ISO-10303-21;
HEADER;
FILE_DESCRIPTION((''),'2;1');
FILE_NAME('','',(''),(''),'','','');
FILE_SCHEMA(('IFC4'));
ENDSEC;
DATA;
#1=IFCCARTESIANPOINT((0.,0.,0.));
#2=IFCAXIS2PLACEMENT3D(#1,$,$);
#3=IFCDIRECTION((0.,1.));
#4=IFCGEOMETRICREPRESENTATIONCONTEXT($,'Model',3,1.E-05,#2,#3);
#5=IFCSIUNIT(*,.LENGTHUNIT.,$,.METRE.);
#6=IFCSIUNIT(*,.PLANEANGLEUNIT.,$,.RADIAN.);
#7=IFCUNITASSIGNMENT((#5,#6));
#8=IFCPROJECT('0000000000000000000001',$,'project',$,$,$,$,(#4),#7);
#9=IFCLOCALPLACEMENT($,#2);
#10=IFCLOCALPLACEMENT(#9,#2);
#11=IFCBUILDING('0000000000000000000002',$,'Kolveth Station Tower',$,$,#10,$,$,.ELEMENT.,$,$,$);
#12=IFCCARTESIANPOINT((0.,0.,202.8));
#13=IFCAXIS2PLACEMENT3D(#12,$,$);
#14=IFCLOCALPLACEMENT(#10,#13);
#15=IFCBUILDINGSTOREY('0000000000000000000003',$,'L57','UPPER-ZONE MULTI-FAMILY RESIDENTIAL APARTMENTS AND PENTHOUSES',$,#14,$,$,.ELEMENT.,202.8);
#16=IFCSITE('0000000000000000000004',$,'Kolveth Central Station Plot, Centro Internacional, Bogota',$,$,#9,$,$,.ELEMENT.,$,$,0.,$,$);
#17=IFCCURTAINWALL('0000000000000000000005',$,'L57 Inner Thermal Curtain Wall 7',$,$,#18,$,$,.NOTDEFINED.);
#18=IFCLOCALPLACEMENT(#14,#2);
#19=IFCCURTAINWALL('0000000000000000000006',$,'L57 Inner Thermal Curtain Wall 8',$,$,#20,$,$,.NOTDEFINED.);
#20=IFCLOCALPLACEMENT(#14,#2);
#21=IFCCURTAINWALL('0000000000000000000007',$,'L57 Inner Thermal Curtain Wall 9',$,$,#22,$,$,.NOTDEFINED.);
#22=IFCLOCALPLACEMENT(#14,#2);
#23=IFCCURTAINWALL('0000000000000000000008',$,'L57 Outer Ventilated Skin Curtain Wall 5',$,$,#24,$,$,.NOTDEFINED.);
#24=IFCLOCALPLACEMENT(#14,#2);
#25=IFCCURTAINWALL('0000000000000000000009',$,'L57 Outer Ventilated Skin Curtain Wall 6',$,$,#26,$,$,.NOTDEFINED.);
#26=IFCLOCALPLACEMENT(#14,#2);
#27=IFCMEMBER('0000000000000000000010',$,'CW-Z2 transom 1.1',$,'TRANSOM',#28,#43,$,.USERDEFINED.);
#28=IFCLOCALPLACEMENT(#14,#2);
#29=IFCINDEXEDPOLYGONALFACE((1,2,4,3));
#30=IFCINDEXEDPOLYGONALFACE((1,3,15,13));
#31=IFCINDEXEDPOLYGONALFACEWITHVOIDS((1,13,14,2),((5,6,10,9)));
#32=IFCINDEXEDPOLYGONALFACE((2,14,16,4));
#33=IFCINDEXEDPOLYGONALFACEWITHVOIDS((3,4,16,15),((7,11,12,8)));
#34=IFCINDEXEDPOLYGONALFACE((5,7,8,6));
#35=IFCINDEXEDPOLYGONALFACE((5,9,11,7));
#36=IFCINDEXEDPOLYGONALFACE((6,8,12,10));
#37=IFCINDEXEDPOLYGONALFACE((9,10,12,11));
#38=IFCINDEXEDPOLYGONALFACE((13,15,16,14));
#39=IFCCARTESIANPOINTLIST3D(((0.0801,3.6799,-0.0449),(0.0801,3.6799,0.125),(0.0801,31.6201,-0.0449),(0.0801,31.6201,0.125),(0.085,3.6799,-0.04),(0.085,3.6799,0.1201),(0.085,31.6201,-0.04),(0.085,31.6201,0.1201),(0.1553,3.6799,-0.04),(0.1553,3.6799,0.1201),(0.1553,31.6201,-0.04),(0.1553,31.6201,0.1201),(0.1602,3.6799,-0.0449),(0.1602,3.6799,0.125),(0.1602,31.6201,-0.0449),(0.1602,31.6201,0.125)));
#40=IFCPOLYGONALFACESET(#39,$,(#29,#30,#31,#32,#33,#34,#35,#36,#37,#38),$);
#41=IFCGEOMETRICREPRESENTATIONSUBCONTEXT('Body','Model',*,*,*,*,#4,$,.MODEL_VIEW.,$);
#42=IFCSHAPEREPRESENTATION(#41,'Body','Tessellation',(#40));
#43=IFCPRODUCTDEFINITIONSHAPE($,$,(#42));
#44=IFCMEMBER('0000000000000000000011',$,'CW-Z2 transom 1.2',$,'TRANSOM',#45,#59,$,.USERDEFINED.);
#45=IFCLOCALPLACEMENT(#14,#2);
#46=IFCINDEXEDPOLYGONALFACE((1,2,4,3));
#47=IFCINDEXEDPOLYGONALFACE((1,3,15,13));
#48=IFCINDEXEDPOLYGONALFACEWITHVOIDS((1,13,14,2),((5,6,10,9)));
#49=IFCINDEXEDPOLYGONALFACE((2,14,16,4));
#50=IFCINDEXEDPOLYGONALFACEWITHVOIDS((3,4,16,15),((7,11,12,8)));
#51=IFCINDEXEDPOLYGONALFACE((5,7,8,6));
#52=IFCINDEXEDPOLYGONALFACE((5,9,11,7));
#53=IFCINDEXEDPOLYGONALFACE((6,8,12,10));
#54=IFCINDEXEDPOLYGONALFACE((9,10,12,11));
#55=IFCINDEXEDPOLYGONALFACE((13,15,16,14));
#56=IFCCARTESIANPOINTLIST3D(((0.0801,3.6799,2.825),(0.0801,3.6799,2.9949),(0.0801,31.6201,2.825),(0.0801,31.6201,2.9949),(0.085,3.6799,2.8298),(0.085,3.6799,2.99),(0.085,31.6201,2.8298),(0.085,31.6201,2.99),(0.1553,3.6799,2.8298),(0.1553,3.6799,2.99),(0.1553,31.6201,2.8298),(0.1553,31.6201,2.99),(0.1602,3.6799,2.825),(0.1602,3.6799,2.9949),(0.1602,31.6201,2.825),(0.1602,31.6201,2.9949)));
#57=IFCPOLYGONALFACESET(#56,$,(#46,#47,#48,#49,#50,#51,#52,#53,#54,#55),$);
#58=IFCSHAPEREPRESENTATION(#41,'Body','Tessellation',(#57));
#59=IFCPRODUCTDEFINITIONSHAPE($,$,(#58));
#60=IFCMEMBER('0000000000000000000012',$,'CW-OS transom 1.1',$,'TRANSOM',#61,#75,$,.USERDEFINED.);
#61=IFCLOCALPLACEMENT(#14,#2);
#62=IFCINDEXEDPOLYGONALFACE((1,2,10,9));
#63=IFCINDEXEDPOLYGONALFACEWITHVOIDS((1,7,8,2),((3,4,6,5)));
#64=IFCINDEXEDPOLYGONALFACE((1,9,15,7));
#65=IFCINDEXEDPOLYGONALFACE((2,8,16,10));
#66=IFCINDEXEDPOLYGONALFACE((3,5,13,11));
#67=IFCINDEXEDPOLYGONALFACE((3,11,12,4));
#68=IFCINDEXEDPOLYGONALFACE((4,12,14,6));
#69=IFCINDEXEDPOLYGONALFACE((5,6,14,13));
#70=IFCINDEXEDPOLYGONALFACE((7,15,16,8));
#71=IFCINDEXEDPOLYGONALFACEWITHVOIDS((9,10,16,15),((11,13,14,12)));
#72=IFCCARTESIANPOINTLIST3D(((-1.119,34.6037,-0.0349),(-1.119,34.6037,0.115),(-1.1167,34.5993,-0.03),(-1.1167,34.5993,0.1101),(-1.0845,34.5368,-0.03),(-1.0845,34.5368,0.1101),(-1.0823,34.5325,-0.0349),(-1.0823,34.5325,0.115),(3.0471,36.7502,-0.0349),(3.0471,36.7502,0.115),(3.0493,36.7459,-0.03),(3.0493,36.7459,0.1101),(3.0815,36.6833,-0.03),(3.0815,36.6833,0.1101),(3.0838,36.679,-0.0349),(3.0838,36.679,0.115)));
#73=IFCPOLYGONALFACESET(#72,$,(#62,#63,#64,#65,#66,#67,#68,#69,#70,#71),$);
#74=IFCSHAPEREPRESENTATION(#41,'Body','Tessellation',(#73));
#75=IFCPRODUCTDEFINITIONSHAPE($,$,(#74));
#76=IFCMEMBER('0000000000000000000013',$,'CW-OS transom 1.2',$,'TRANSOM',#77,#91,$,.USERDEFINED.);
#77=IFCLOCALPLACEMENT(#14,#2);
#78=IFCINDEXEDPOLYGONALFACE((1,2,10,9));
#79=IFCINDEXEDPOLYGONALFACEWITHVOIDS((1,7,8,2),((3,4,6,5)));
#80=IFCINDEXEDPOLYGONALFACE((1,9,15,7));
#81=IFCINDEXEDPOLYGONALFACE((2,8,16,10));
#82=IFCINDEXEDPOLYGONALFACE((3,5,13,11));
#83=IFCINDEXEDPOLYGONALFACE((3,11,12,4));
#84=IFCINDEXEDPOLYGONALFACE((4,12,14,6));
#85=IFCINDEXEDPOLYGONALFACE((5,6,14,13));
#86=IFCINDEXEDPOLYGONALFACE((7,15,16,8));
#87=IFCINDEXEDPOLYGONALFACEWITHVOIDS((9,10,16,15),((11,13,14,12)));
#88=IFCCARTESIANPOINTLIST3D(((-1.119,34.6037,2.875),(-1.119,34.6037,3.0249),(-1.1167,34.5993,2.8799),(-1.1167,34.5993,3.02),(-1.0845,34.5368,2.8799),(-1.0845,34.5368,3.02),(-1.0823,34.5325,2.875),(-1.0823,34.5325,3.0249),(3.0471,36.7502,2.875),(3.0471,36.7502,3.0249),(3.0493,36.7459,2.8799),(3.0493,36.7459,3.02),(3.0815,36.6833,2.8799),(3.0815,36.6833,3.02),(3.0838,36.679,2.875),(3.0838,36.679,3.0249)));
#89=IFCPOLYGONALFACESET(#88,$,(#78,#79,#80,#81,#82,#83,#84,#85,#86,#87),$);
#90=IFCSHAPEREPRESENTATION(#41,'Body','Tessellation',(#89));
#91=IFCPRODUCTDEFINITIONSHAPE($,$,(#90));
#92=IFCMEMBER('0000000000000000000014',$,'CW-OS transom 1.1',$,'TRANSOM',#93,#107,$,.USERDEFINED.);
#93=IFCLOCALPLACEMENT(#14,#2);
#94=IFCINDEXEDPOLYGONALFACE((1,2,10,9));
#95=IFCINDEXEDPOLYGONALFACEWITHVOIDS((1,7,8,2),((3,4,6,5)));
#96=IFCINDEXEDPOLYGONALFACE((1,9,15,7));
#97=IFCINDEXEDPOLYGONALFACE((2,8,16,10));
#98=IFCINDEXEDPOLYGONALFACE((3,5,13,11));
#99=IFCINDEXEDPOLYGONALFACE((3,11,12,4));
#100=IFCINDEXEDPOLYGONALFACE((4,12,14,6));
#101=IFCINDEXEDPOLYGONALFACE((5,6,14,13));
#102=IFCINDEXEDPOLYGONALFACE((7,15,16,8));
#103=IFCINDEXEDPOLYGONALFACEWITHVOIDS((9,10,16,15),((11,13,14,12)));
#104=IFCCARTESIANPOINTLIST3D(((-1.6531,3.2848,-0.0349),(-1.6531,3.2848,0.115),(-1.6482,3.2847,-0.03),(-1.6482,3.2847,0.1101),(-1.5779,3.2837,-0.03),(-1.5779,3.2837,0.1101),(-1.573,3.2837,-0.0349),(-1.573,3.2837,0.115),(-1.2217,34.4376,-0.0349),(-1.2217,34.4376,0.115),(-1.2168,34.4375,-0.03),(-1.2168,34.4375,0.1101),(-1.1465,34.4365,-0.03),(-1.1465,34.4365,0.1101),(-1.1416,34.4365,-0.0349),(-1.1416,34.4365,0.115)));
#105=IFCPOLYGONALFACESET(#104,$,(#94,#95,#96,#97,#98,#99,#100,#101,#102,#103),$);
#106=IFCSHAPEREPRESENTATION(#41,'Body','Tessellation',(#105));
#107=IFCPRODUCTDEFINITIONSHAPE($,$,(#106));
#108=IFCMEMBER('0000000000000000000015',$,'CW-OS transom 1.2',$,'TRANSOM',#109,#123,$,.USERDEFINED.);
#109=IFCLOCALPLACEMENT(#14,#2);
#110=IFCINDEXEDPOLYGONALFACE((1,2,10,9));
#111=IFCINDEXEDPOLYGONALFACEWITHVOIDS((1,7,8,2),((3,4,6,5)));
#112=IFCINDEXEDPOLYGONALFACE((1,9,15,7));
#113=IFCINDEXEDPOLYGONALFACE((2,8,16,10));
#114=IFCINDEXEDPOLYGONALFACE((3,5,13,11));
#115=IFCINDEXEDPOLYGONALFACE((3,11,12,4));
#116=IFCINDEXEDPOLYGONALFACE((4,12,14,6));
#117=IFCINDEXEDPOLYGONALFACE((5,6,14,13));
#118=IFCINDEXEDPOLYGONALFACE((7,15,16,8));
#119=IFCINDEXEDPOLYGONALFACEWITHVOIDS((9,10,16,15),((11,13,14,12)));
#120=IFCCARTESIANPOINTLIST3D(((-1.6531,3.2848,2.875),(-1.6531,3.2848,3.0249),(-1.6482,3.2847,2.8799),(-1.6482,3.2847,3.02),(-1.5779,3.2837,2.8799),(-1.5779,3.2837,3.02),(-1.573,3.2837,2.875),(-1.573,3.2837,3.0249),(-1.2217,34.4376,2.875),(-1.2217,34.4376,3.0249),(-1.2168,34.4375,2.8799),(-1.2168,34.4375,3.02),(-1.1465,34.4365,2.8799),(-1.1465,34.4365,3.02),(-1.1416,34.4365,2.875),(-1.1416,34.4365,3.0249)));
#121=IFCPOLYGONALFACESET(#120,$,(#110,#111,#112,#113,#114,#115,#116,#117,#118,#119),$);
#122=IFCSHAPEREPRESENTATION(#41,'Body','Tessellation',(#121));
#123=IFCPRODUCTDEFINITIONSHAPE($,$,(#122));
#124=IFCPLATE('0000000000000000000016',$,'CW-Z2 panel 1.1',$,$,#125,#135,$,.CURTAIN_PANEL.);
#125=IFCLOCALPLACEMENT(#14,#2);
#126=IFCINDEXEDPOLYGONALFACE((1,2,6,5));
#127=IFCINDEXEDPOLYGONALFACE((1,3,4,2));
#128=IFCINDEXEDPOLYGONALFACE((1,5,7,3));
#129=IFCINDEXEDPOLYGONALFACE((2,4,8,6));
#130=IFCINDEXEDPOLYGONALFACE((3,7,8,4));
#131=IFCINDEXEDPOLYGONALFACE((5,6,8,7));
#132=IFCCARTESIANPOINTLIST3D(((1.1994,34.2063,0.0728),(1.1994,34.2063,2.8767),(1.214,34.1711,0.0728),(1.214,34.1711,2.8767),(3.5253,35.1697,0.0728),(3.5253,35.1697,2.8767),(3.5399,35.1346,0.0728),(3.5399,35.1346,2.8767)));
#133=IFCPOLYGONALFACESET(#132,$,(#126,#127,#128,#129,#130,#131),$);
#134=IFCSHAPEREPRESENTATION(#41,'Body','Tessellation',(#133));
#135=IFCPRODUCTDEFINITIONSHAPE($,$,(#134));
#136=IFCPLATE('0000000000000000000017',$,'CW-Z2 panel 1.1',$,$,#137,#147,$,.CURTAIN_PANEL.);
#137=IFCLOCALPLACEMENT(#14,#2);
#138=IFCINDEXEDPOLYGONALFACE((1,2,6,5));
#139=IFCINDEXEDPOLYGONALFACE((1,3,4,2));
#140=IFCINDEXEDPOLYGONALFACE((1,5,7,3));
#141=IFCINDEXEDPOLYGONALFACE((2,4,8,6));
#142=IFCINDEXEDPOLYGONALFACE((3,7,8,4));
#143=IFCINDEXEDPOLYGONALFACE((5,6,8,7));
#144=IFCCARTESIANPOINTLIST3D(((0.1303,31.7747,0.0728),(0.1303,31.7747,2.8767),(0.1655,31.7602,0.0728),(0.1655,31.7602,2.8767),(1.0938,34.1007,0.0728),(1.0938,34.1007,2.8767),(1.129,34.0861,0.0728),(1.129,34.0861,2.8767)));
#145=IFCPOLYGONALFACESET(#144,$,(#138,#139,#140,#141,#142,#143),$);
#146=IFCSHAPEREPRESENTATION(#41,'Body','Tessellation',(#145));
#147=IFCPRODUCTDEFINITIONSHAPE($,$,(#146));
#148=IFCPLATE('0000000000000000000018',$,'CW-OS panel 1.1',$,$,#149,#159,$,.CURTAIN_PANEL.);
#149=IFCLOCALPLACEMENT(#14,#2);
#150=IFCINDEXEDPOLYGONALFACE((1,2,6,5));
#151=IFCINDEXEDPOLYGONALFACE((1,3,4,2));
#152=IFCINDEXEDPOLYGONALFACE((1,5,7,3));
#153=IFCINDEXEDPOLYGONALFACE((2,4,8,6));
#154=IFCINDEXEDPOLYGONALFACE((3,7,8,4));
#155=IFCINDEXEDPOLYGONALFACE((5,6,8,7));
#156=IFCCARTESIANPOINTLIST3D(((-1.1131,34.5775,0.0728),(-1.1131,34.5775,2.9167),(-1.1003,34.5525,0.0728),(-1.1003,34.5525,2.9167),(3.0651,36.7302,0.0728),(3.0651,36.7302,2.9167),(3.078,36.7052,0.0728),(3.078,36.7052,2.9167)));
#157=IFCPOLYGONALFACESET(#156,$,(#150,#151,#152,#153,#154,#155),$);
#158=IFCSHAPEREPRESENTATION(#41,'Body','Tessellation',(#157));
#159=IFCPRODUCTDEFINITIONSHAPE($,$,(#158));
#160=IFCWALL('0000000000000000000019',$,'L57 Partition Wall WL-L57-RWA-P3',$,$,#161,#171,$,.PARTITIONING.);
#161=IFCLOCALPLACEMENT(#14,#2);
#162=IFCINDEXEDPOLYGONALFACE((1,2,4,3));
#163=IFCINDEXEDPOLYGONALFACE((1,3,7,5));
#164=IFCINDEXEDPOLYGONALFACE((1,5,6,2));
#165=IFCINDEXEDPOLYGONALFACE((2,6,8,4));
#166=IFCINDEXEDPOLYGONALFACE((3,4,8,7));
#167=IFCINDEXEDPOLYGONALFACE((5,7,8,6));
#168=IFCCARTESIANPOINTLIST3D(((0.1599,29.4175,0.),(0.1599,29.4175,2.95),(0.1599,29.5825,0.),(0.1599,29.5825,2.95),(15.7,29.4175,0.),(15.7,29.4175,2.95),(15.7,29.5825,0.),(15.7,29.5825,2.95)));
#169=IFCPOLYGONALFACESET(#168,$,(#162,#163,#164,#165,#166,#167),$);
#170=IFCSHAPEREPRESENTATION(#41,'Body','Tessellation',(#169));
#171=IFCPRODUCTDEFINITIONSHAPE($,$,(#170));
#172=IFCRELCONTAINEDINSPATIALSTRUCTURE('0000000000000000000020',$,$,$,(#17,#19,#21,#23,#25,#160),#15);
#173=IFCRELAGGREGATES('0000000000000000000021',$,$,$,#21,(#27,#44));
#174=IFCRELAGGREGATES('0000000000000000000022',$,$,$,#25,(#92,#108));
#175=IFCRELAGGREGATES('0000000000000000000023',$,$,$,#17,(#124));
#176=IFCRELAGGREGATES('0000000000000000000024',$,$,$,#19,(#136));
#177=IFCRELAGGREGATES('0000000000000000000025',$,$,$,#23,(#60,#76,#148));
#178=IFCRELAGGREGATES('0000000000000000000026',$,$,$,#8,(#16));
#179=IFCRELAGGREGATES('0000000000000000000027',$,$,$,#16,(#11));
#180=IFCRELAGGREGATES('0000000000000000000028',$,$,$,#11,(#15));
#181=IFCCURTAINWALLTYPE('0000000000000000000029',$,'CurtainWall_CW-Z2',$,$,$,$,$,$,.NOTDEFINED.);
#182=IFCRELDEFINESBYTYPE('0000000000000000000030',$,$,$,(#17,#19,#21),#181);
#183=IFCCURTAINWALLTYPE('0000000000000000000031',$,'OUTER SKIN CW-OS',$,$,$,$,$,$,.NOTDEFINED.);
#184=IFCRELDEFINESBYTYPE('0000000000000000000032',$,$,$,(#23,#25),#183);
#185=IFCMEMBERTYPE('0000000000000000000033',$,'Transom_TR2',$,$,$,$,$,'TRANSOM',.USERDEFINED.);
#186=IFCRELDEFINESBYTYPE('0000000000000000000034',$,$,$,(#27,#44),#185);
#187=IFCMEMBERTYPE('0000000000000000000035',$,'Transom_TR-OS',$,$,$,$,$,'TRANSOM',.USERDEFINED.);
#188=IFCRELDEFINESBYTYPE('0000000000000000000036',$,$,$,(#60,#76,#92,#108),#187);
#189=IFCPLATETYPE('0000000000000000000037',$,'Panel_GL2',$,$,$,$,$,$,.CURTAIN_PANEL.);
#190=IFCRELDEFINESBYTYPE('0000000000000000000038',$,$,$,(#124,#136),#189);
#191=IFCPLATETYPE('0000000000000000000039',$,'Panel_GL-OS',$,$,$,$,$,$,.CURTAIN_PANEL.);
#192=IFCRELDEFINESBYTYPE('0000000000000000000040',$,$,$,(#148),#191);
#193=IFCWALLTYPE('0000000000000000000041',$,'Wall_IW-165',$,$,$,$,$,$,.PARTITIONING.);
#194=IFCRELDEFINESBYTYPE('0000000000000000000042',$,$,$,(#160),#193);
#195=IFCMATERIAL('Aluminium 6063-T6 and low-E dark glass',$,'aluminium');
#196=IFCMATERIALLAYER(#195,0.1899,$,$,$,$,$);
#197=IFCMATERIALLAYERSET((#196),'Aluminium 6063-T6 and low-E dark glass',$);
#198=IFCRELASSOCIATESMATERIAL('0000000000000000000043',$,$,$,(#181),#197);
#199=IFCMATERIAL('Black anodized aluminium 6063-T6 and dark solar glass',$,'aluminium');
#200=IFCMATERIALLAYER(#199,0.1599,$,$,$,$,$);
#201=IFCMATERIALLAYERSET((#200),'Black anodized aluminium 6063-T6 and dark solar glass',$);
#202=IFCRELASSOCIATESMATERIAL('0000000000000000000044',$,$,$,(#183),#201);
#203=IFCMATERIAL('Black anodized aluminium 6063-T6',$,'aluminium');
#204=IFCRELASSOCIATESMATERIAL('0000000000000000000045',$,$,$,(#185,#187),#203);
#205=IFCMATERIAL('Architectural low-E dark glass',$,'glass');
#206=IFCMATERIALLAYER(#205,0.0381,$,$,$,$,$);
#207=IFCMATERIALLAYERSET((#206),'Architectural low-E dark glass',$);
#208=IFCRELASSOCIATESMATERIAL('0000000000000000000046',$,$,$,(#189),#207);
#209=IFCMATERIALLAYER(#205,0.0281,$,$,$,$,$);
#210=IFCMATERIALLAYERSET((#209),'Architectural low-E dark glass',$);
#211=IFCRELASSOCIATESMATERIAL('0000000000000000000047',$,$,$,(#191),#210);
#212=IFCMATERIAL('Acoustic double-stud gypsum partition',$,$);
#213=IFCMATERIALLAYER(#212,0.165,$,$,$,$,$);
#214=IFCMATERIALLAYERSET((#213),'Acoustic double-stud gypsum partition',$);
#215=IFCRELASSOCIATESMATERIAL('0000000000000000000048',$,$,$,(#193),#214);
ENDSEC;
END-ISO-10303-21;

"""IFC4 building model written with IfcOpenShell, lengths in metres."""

from ifc_helpers import new_model, si_unit, direction, frame, frame_2d, origin, origin_2d, place, context, subcontext, project, spatial, rectangle, hollow_rectangle, extrude, source, transform, mapped, material, layer, layer_set, material_profile, profile_set, type_object, element, aggregate, save


model = new_model("IFC4")

# Units and contexts
model_context = context("Model", 3, precision=1e-05, world=origin(), true_north=direction((0.0, 1.0)))
body_context = subcontext(model_context, "Body", "Model", "MODEL_VIEW")
ifc_project = project(units=[si_unit("LENGTHUNIT", "METRE"), si_unit("PLANEANGLEUNIT", "RADIAN")], contexts=[model_context])

# Site, building, storey
site_placement = place(None, origin())
site = spatial("IfcSite", under=ifc_project, at=site_placement, Name="Kolveth Central Station Plot, Centro Internacional, Bogota", CompositionType="ELEMENT", RefElevation=0.0)
building_placement = place(site_placement, origin())
building = spatial("IfcBuilding", under=site, at=building_placement, Name="Kolveth Station Tower", CompositionType="ELEMENT")
storey_placement = place(building_placement, frame((0.0, 0.0, 202.8)))
storey = spatial("IfcBuildingStorey", under=building, at=storey_placement, Name="L57", Description="UPPER-ZONE MULTI-FAMILY RESIDENTIAL APARTMENTS AND PENTHOUSES", CompositionType="ELEMENT", Elevation=202.8)

# Curtain wall
ifc_material_1 = material(Name="Aluminium 6063-T6 and low-E dark glass", Category="aluminium")
ifc_layer_1 = layer(ifc_material_1, 0.1899)
ifc_layer_set_1 = layer_set([ifc_layer_1], Name="Aluminium 6063-T6 and low-E dark glass")
curtain_wall_type_1 = type_object("IfcCurtainWallType", Name="CurtainWall_CW-Z2", PredefinedType="NOTDEFINED", material=ifc_layer_set_1)
curtain_wall_1_placement = place(storey_placement, origin())
curtain_wall_1 = element("IfcCurtainWall", 1, at=curtain_wall_1_placement, inside=storey, type_object=curtain_wall_type_1, Name="L57 Inner Thermal Curtain Wall 7", PredefinedType="NOTDEFINED")
ifc_material_2 = material(Name="Black anodized aluminium 6063-T6", Category="aluminium")

# Curtain wall
curtain_wall_2_placement = place(storey_placement, origin())
curtain_wall_2 = element("IfcCurtainWall", 2, at=curtain_wall_2_placement, inside=storey, type_object=curtain_wall_type_1, Name="L57 Inner Thermal Curtain Wall 8", PredefinedType="NOTDEFINED")

# Curtain wall
curtain_wall_3_placement = place(storey_placement, origin())
curtain_wall_3 = element("IfcCurtainWall", 3, at=curtain_wall_3_placement, inside=storey, type_object=curtain_wall_type_1, Name="L57 Inner Thermal Curtain Wall 9", PredefinedType="NOTDEFINED")
ifc_material_3 = material(Name="Black anodized aluminium 6063-T6 and dark solar glass", Category="aluminium")
ifc_layer_2 = layer(ifc_material_3, 0.1599)
ifc_layer_set_2 = layer_set([ifc_layer_2], Name="Black anodized aluminium 6063-T6 and dark solar glass")
curtain_wall_type_2 = type_object("IfcCurtainWallType", Name="OUTER SKIN CW-OS", PredefinedType="NOTDEFINED", material=ifc_layer_set_2)

# Curtain wall
curtain_wall_4_placement = place(storey_placement, origin())
curtain_wall_4 = element("IfcCurtainWall", 4, at=curtain_wall_4_placement, inside=storey, type_object=curtain_wall_type_2, Name="L57 Outer Ventilated Skin Curtain Wall 5", PredefinedType="NOTDEFINED")

# Curtain wall
curtain_wall_5_placement = place(storey_placement, origin())
curtain_wall_5 = element("IfcCurtainWall", 5, at=curtain_wall_5_placement, inside=storey, type_object=curtain_wall_type_2, Name="L57 Outer Ventilated Skin Curtain Wall 6", PredefinedType="NOTDEFINED")

# Members
ifc_material_profile_1 = material_profile(ifc_material_2, hollow_rectangle(XDim=0.0801, YDim=0.1699, WallThickness=0.0049, at=origin_2d()), Name="ALU-80x170x5")
ifc_profile_set_1 = profile_set([ifc_material_profile_1], Name="Black anodized aluminium 6063-T6")
member_type_1 = type_object("IfcMemberType", Name="Transom_TR2", ElementType="TRANSOM", PredefinedType="USERDEFINED", material=ifc_profile_set_1)
shared_shape_1 = source(origin(), body_context, "Body", "SweptSolid", [
    extrude(hollow_rectangle(XDim=0.0801, YDim=0.1699, WallThickness=0.0049, at=origin_2d()), origin(), (0.0, 0.0, 1.0), 27.9402),
])
member_1_placement = place(storey_placement, frame((0.1201, 31.6201, 0.04), z_axis=(0.0, -1.0, 0.0), x_axis=(1.0, 0.0, 0.0)))
member_1 = element("IfcMember", 6, at=member_1_placement, type_object=member_type_1, Name="CW-Z2 transom 1.1", ObjectType="TRANSOM", PredefinedType="USERDEFINED", context=body_context, shape_type="MappedRepresentation", body=[
    mapped(shared_shape_1, transform((0.0, 0.0, 0.0), x_axis=(1.0, 0.0, 0.0), y_axis=(0.0, 1.0, 0.0), z_axis=(0.0, 0.0, 1.0), scale=1.0)),
])
member_2_placement = place(storey_placement, frame((0.1201, 31.6201, 2.9099), z_axis=(0.0, -1.0, 0.0), x_axis=(1.0, 0.0, 0.0)))
member_2 = element("IfcMember", 7, at=member_2_placement, type_object=member_type_1, Name="CW-Z2 transom 1.2", ObjectType="TRANSOM", PredefinedType="USERDEFINED", context=body_context, shape_type="MappedRepresentation", body=[
    mapped(shared_shape_1, transform((0.0, 0.0, 0.0), x_axis=(1.0, 0.0, 0.0), y_axis=(0.0, 1.0, 0.0), z_axis=(0.0, 0.0, 1.0), scale=1.0)),
])
aggregate(curtain_wall_3, [member_1, member_2])
ifc_material_profile_2 = material_profile(ifc_material_2, hollow_rectangle(XDim=0.0801, YDim=0.1499, WallThickness=0.0049, at=origin_2d()), Name="ALU-80x150x5")
ifc_profile_set_2 = profile_set([ifc_material_profile_2], Name="Black anodized aluminium 6063-T6")
member_type_2 = type_object("IfcMemberType", Name="Transom_TR-OS", ElementType="TRANSOM", PredefinedType="USERDEFINED", material=ifc_profile_set_2)
shared_shape_2 = source(origin(), body_context, "Body", "SweptSolid", [
    extrude(hollow_rectangle(XDim=0.0801, YDim=0.1499, WallThickness=0.0049, at=origin_2d()), origin(), (0.0, 0.0, 1.0), 4.6865),
])
member_3_placement = place(storey_placement, frame((3.0654, 36.7146, 0.04), z_axis=(-0.888944, -0.458016, 0.0), x_axis=(0.458016, -0.888944, 0.0)))
member_3 = element("IfcMember", 8, at=member_3_placement, type_object=member_type_2, Name="CW-OS transom 1.1", ObjectType="TRANSOM", PredefinedType="USERDEFINED", context=body_context, shape_type="MappedRepresentation", body=[
    mapped(shared_shape_2, transform((0.0, 0.0, 0.0), x_axis=(1.0, 0.0, 0.0), y_axis=(0.0, 1.0, 0.0), z_axis=(0.0, 0.0, 1.0), scale=1.0)),
])
member_4_placement = place(storey_placement, frame((3.0654, 36.7146, 2.95), z_axis=(-0.888944, -0.458016, 0.0), x_axis=(0.458016, -0.888944, 0.0)))
member_4 = element("IfcMember", 9, at=member_4_placement, type_object=member_type_2, Name="CW-OS transom 1.2", ObjectType="TRANSOM", PredefinedType="USERDEFINED", context=body_context, shape_type="MappedRepresentation", body=[
    mapped(shared_shape_2, transform((0.0, 0.0, 0.0), x_axis=(1.0, 0.0, 0.0), y_axis=(0.0, 1.0, 0.0), z_axis=(0.0, 0.0, 1.0), scale=1.0)),
])
shared_shape_3 = source(origin(), body_context, "Body", "SweptSolid", [
    extrude(hollow_rectangle(XDim=0.0801, YDim=0.1499, WallThickness=0.0049, at=origin_2d()), origin(), (0.0, 0.0, 1.0), 31.1558),
])
member_5_placement = place(storey_placement, frame((-1.1816, 34.437, 0.04), z_axis=(-0.013846, -0.999904, 0.0), x_axis=(0.999904, -0.013846, 0.0)))
member_5 = element("IfcMember", 10, at=member_5_placement, type_object=member_type_2, Name="CW-OS transom 1.1", ObjectType="TRANSOM", PredefinedType="USERDEFINED", context=body_context, shape_type="MappedRepresentation", body=[
    mapped(shared_shape_3, transform((0.0, 0.0, 0.0), x_axis=(1.0, 0.0, 0.0), y_axis=(0.0, 1.0, 0.0), z_axis=(0.0, 0.0, 1.0), scale=1.0)),
])
member_6_placement = place(storey_placement, frame((-1.1816, 34.437, 2.95), z_axis=(-0.013846, -0.999904, 0.0), x_axis=(0.999904, -0.013846, 0.0)))
member_6 = element("IfcMember", 11, at=member_6_placement, type_object=member_type_2, Name="CW-OS transom 1.2", ObjectType="TRANSOM", PredefinedType="USERDEFINED", context=body_context, shape_type="MappedRepresentation", body=[
    mapped(shared_shape_3, transform((0.0, 0.0, 0.0), x_axis=(1.0, 0.0, 0.0), y_axis=(0.0, 1.0, 0.0), z_axis=(0.0, 0.0, 1.0), scale=1.0)),
])
aggregate(curtain_wall_5, [member_5, member_6])

# Plates
ifc_material_4 = material(Name="Architectural low-E dark glass", Category="glass")
ifc_layer_3 = layer(ifc_material_4, 0.0381)
ifc_layer_set_3 = layer_set([ifc_layer_3], Name="Architectural low-E dark glass")
plate_type_1 = type_object("IfcPlateType", Name="Panel_GL2", PredefinedType="CURTAIN_PANEL", material=ifc_layer_set_3)
shared_shape_4 = source(origin(), body_context, "Body", "SweptSolid", [
    extrude(rectangle(XDim=2.5176, YDim=0.0381, at=origin_2d()), origin(), (0.0, 0.0, 1.0), 2.804),
])
plate_1_placement = place(storey_placement, frame((2.3696, 34.6704, 0.0728), z_axis=(0.0, 0.0, 1.0), x_axis=(-0.923874, -0.382698, 0.0)))
plate_1 = element("IfcPlate", 12, at=plate_1_placement, type_object=plate_type_1, Name="CW-Z2 panel 1.1", PredefinedType="CURTAIN_PANEL", context=body_context, shape_type="MappedRepresentation", body=[
    mapped(shared_shape_4, transform((0.0, 0.0, 0.0), x_axis=(1.0, 0.0, 0.0), y_axis=(0.0, 1.0, 0.0), z_axis=(0.0, 0.0, 1.0), scale=1.0)),
])
aggregate(curtain_wall_1, [plate_1])
plate_2_placement = place(storey_placement, frame((0.6296, 32.9304, 0.0728), z_axis=(0.0, 0.0, 1.0), x_axis=(-0.382698, -0.923874, 0.0)))
plate_2 = element("IfcPlate", 13, at=plate_2_placement, type_object=plate_type_1, Name="CW-Z2 panel 1.1", PredefinedType="CURTAIN_PANEL", context=body_context, shape_type="MappedRepresentation", body=[
    mapped(shared_shape_4, transform((0.0, 0.0, 0.0), x_axis=(1.0, 0.0, 0.0), y_axis=(0.0, 1.0, 0.0), z_axis=(0.0, 0.0, 1.0), scale=1.0)),
])
aggregate(curtain_wall_2, [plate_2])
ifc_layer_4 = layer(ifc_material_4, 0.0281)
ifc_layer_set_4 = layer_set([ifc_layer_4], Name="Architectural low-E dark glass")
plate_type_2 = type_object("IfcPlateType", Name="Panel_GL-OS", PredefinedType="CURTAIN_PANEL", material=ifc_layer_set_4)
shared_shape_5 = source(origin(), body_context, "Body", "SweptSolid", [
    extrude(rectangle(XDim=4.7002, YDim=0.0281, at=origin_2d()), origin(), (0.0, 0.0, 1.0), 2.844),
])
plate_3_placement = place(storey_placement, frame((0.9824, 35.6414, 0.0728), z_axis=(0.0, 0.0, 1.0), x_axis=(-0.888949, -0.458006, 0.0)))
plate_3 = element("IfcPlate", 14, at=plate_3_placement, type_object=plate_type_2, Name="CW-OS panel 1.1", PredefinedType="CURTAIN_PANEL", context=body_context, shape_type="MappedRepresentation", body=[
    mapped(shared_shape_5, transform((0.0, 0.0, 0.0), x_axis=(1.0, 0.0, 0.0), y_axis=(0.0, 1.0, 0.0), z_axis=(0.0, 0.0, 1.0), scale=1.0)),
])
aggregate(curtain_wall_4, [member_3, member_4, plate_3])

# Wall
ifc_material_5 = material(Name="Acoustic double-stud gypsum partition")
ifc_layer_5 = layer(ifc_material_5, 0.165)
ifc_layer_set_5 = layer_set([ifc_layer_5], Name="Acoustic double-stud gypsum partition")
wall_type = type_object("IfcWallType", Name="Wall_IW-165", PredefinedType="PARTITIONING", material=ifc_layer_set_5)
wall_placement = place(storey_placement, frame((0.1599, 29.5, 0.0), z_axis=(0.0, 0.0, 1.0), x_axis=(1.0, 0.0, 0.0)))
element("IfcWall", 15, at=wall_placement, inside=storey, type_object=wall_type, Name="L57 Partition Wall WL-L57-RWA-P3", PredefinedType="PARTITIONING", context=body_context, shape_type="SweptSolid", body=[
    extrude(rectangle(XDim=15.54, YDim=0.165, at=frame_2d((7.77, 0.0))), origin(), (0.0, 0.0, 1.0), 2.95),
])

save(model, "model.ifc")
